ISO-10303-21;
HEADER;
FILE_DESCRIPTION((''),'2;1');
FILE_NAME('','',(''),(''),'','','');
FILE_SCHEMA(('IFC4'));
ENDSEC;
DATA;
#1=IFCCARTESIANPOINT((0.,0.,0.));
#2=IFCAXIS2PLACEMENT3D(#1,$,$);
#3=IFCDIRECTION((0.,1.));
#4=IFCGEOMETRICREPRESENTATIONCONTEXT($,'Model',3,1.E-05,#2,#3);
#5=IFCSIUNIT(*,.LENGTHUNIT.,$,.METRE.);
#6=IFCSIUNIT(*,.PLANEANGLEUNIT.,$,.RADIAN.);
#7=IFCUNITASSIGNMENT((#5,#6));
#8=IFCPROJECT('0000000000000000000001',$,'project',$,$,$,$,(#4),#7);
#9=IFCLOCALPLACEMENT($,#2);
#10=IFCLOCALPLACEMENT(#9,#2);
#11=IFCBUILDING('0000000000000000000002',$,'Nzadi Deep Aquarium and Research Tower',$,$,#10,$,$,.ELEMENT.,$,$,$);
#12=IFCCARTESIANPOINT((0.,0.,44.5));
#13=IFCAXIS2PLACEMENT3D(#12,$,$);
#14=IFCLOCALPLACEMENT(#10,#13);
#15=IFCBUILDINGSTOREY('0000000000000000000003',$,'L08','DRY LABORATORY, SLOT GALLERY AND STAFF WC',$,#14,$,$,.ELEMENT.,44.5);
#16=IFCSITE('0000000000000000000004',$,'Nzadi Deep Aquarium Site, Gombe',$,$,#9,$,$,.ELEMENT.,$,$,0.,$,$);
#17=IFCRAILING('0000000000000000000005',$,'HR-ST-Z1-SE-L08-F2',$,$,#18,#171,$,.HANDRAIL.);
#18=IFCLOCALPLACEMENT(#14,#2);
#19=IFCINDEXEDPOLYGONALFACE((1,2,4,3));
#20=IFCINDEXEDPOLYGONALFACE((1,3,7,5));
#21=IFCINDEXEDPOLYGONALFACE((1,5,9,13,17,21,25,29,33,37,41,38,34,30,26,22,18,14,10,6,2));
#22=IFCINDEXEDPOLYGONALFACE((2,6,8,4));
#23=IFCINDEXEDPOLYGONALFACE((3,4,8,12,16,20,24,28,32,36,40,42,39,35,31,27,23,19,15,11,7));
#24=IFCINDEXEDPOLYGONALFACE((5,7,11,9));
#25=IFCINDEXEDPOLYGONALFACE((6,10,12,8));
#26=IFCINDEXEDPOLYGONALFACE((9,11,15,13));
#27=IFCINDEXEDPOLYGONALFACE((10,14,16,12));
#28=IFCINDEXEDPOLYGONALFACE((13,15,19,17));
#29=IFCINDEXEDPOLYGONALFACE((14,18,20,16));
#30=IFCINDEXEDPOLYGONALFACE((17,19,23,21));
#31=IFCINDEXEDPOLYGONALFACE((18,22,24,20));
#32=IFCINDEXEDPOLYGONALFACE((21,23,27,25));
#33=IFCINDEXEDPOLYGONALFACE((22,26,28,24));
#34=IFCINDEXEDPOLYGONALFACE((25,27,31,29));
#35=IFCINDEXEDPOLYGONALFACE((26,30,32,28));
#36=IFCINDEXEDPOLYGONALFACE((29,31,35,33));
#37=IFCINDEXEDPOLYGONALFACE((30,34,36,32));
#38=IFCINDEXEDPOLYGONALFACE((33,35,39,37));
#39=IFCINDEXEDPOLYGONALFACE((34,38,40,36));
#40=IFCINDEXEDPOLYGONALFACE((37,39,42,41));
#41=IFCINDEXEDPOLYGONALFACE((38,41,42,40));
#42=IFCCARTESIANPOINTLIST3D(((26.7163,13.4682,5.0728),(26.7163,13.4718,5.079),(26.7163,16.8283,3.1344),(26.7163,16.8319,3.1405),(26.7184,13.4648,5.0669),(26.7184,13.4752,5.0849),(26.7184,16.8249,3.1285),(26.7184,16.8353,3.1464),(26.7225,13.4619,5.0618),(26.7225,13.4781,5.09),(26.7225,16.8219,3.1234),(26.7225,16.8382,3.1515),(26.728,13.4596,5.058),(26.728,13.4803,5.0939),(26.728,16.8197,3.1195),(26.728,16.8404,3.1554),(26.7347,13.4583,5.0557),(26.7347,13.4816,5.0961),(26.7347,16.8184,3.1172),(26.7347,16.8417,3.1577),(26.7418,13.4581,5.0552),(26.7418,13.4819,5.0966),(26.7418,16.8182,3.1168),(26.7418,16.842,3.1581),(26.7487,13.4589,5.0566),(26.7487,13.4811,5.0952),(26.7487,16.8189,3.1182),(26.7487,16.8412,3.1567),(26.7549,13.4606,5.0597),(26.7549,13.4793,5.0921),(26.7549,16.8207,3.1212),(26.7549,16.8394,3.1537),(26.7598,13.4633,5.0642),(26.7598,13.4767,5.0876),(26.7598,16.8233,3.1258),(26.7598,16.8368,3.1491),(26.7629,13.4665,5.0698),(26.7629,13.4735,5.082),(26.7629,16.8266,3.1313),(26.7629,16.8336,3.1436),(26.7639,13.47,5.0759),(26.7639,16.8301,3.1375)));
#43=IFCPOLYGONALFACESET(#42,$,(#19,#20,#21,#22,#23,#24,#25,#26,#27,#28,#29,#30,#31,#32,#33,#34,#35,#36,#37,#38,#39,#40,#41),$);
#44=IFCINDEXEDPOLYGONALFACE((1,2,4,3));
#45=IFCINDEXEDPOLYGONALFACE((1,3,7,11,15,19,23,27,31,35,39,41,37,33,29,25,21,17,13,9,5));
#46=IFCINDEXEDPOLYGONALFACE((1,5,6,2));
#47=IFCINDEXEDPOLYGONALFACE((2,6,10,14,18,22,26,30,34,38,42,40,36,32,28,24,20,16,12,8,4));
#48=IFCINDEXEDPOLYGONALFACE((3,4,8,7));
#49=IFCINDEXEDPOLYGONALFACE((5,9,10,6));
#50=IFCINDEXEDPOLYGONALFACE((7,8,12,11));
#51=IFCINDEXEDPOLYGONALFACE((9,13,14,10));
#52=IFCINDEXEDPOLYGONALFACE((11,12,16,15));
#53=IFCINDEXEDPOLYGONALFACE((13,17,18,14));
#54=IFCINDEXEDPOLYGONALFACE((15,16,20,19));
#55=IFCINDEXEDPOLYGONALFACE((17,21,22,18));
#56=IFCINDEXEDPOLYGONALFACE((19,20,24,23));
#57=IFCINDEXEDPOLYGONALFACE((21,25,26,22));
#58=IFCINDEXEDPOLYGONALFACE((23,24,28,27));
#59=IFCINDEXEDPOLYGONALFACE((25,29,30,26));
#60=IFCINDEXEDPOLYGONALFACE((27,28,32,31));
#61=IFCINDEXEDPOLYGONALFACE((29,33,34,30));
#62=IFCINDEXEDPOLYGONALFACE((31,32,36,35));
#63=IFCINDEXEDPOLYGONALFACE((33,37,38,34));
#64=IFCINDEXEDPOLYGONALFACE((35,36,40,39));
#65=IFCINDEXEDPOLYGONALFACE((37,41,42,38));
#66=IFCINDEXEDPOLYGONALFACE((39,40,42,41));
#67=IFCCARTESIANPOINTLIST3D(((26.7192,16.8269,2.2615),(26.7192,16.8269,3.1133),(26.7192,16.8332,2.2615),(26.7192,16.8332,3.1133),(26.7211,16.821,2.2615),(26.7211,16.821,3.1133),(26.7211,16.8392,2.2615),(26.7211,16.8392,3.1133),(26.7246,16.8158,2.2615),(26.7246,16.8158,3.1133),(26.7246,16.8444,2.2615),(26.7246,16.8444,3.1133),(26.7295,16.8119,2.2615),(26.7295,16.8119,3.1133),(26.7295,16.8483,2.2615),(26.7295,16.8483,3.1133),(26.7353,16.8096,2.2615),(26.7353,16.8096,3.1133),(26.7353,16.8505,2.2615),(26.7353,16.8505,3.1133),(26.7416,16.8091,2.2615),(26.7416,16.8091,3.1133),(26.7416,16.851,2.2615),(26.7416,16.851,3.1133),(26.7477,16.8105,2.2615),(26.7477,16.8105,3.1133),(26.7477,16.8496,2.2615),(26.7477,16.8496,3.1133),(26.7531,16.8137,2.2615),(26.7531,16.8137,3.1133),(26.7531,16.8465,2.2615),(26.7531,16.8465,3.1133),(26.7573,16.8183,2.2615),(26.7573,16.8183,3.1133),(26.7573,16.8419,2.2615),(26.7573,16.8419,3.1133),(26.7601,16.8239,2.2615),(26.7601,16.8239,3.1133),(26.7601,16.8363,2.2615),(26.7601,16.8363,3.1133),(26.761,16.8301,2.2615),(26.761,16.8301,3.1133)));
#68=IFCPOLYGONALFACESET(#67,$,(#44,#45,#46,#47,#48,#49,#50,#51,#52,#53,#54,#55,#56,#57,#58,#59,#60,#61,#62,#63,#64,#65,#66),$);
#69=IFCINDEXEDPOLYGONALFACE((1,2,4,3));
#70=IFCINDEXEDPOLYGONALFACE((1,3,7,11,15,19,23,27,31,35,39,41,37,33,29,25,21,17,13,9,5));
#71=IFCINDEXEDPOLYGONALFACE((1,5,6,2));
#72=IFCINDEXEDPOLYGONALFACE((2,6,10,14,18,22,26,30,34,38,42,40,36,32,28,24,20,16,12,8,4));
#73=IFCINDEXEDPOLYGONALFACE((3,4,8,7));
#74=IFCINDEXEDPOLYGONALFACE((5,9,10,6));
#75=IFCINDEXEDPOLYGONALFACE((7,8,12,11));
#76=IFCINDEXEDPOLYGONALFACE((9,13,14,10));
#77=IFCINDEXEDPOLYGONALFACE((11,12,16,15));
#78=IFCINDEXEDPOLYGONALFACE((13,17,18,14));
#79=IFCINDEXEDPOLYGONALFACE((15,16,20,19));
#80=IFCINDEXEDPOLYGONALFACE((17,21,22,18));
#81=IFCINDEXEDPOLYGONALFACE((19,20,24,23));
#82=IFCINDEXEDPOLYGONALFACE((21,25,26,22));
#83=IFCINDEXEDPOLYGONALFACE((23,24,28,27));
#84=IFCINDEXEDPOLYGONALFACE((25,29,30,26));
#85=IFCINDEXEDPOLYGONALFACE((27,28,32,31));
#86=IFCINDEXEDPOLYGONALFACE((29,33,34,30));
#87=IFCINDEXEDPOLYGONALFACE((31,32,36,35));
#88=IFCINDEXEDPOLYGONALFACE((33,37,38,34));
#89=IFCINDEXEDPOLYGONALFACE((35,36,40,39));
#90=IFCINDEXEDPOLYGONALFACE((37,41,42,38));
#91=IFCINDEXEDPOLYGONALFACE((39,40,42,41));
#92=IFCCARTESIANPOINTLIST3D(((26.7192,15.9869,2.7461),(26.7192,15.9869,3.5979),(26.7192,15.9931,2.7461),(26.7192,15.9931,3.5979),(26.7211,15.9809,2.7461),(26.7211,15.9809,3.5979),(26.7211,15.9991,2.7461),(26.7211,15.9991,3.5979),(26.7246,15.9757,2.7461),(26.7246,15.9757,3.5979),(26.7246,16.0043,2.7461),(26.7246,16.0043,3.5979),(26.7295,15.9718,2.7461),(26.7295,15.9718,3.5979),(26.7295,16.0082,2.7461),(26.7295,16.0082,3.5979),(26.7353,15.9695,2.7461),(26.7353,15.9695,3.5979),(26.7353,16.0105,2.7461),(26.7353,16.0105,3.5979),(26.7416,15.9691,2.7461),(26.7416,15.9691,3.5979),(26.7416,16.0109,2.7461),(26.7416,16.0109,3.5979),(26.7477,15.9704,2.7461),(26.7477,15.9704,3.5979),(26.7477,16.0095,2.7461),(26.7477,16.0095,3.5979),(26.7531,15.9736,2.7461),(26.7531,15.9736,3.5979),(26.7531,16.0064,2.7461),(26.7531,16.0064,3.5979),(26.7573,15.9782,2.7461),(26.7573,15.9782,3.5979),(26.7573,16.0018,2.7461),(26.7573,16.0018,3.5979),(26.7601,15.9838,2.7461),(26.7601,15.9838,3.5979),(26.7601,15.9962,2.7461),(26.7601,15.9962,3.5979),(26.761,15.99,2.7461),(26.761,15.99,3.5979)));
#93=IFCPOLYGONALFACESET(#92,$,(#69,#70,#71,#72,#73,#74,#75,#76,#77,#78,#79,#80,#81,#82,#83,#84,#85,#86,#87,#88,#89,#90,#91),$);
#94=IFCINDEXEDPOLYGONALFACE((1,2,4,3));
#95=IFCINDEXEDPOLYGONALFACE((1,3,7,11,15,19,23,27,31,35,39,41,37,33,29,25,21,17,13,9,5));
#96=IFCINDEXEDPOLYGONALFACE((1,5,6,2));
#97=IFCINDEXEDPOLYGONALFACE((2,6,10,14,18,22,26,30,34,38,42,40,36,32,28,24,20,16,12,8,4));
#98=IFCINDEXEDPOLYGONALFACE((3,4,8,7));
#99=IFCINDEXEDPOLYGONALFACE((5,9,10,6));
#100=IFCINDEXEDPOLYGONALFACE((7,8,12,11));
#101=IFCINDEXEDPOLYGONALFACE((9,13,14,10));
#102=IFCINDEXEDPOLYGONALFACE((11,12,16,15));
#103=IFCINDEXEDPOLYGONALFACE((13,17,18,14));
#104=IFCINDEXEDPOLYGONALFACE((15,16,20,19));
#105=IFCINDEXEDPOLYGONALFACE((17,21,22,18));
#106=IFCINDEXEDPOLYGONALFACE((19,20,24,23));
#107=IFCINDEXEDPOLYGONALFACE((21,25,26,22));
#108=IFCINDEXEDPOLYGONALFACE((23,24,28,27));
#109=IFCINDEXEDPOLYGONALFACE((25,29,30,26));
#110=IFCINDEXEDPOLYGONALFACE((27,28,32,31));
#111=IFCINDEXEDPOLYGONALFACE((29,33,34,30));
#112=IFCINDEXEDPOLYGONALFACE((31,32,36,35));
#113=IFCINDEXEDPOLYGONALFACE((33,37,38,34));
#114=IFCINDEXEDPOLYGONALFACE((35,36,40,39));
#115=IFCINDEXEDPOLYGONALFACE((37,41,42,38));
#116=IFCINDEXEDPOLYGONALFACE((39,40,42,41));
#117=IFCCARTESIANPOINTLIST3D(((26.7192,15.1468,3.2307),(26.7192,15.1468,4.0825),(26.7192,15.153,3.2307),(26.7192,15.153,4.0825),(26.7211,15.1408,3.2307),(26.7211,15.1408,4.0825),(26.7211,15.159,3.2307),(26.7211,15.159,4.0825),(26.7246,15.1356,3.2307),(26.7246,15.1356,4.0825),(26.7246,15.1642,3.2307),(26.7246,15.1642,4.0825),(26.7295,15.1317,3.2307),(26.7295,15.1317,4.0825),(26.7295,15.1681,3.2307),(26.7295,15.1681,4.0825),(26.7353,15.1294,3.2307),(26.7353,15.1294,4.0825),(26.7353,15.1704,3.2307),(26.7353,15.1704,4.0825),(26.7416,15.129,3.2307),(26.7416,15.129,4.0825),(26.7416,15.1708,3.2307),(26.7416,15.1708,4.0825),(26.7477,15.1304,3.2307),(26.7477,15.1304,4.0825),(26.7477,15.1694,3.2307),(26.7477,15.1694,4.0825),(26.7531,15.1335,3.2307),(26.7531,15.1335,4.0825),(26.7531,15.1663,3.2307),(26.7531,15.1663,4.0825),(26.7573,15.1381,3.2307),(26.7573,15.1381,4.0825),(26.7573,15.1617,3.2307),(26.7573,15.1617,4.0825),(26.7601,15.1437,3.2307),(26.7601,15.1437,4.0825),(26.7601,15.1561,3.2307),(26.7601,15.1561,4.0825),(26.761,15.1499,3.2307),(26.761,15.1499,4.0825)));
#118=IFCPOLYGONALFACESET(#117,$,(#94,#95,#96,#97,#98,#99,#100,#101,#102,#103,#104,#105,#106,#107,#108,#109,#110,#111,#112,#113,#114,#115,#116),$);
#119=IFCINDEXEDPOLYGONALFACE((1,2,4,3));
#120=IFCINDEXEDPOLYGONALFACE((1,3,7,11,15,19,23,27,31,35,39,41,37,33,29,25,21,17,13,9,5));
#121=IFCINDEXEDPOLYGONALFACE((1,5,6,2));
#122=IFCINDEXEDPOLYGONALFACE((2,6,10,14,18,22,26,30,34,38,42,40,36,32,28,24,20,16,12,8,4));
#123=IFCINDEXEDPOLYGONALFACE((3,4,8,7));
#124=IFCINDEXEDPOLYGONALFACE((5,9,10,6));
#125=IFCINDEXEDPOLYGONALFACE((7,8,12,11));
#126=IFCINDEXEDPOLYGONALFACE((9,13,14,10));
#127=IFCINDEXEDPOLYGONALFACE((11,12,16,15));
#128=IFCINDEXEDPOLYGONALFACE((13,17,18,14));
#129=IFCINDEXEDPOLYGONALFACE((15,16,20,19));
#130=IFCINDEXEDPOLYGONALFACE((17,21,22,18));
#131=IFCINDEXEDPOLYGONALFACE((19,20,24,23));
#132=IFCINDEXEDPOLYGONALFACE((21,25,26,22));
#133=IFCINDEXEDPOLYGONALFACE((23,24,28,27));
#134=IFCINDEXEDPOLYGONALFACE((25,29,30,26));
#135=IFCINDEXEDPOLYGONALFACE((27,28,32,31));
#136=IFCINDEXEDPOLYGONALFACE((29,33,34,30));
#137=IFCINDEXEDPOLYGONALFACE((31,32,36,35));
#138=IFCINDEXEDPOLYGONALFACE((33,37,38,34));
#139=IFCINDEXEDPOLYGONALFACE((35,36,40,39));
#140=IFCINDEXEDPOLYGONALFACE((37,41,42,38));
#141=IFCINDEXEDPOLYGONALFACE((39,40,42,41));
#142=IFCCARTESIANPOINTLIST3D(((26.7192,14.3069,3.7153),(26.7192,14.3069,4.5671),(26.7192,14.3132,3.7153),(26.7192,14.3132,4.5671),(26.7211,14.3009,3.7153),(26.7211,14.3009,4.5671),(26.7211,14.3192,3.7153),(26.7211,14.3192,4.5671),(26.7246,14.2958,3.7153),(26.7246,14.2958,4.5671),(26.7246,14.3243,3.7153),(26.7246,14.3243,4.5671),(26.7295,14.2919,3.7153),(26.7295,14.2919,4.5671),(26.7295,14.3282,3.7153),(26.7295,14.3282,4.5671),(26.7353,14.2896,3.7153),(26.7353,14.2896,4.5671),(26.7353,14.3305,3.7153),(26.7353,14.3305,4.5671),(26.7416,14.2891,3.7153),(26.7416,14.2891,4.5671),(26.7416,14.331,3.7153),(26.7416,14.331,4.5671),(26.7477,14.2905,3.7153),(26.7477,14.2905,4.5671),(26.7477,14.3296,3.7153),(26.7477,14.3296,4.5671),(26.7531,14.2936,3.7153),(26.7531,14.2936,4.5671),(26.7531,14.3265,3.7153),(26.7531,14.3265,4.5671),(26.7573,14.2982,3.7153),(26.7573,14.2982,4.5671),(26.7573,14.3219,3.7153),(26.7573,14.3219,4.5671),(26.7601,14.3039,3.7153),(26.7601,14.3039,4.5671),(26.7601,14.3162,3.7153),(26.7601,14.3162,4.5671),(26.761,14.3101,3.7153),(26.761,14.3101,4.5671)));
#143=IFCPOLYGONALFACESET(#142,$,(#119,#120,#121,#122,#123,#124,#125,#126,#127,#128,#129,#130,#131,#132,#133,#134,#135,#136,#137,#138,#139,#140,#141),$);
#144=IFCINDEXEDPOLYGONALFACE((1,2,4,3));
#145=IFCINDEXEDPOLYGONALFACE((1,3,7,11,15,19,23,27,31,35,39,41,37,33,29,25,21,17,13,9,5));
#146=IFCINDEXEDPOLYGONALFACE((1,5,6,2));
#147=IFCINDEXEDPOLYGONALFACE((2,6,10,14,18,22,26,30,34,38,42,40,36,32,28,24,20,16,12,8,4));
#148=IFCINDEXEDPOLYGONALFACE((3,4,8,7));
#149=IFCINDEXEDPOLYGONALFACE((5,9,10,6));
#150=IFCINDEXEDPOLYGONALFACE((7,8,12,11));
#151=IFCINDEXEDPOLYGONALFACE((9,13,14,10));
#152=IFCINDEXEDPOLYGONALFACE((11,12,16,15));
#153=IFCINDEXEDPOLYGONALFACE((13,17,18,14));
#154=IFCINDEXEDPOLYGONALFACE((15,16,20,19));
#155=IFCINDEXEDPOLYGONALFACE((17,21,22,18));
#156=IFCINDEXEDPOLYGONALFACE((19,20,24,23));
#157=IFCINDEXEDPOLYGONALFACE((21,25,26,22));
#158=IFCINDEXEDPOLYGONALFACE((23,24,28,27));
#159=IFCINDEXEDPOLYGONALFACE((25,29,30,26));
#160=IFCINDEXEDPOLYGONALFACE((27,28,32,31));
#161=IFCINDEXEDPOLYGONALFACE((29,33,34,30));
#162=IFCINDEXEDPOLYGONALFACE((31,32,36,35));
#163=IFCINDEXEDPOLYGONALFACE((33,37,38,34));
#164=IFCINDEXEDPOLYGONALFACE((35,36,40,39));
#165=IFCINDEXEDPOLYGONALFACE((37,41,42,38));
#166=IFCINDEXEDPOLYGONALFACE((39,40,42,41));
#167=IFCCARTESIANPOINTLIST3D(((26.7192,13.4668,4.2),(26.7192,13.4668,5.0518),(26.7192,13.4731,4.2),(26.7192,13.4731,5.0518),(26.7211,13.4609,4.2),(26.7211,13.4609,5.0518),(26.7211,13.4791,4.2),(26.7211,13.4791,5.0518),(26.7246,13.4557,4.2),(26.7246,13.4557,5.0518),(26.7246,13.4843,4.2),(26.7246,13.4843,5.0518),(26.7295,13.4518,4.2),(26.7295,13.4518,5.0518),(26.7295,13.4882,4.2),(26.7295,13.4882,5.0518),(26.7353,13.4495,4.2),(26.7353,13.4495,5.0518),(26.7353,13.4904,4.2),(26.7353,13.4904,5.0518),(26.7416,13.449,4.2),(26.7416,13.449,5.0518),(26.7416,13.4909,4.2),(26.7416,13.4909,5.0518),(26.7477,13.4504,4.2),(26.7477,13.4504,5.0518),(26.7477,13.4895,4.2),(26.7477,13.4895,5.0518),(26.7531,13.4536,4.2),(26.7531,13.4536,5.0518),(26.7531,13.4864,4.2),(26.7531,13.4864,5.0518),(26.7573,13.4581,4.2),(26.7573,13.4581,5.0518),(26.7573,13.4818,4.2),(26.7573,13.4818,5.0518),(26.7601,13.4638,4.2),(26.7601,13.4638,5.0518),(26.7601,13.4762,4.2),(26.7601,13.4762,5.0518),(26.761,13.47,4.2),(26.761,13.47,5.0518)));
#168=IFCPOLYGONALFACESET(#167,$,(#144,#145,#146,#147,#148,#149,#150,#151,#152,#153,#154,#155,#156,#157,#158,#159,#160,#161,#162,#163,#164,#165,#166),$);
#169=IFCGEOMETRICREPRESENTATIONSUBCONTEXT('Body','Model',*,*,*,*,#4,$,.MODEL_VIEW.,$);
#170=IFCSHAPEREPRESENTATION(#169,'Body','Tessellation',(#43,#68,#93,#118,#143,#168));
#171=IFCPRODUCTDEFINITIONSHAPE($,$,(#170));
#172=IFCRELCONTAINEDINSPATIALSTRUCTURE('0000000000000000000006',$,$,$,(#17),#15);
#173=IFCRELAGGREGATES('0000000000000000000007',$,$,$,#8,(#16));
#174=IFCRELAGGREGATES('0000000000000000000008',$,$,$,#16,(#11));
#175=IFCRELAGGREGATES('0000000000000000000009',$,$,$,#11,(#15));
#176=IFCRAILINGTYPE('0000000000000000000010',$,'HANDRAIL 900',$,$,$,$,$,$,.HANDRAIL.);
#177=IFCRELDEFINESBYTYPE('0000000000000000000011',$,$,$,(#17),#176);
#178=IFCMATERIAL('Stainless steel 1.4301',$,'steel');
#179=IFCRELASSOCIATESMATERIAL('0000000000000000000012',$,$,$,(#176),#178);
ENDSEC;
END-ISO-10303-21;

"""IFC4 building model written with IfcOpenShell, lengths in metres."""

from ifc_helpers import new_model, si_unit, direction, frame, origin, origin_2d, place, context, subcontext, project, spatial, circle, extrude, material, type_object, element, save


model = new_model("IFC4")

# Units and contexts
model_context = context("Model", 3, precision=1e-05, world=origin(), true_north=direction((0.0, 1.0)))
body_context = subcontext(model_context, "Body", "Model", "MODEL_VIEW")
ifc_project = project(units=[si_unit("LENGTHUNIT", "METRE"), si_unit("PLANEANGLEUNIT", "RADIAN")], contexts=[model_context])

# Site, building, storey
site_placement = place(None, origin())
site = spatial("IfcSite", under=ifc_project, at=site_placement, Name="Nzadi Deep Aquarium Site, Gombe", CompositionType="ELEMENT", RefElevation=0.0)
building_placement = place(site_placement, origin())
building = spatial("IfcBuilding", under=site, at=building_placement, Name="Nzadi Deep Aquarium and Research Tower", CompositionType="ELEMENT")
storey_placement = place(building_placement, frame((0.0, 0.0, 44.5)))
storey = spatial("IfcBuildingStorey", under=building, at=storey_placement, Name="L08", Description="DRY LABORATORY, SLOT GALLERY AND STAFF WC", CompositionType="ELEMENT", Elevation=44.5)

# Railing
ifc_material_1 = material(Name="Stainless steel 1.4301", Category="steel")
railing_type = type_object("IfcRailingType", Name="HANDRAIL 900", PredefinedType="HANDRAIL", material=ifc_material_1)
for number, where, name in (
    (1, (26.74, 16.8301, 2.2615), "HR-ST-Z1-SE-L08-F2"),
):
    element("IfcRailing", number, at=place(storey_placement, frame(where)), inside=storey, type_object=railing_type, Name=name, PredefinedType="HANDRAIL", context=body_context, shape_type="SweptSolid", body=[
        extrude(circle(Radius=0.0239, at=origin_2d()), frame((0.0, 0.0, 0.876), z_axis=(0.0, -0.866191, 0.499713), x_axis=(1.0, 0.0, 0.0)), (0.0, 0.0, 1.0), 3.8792),
        extrude(circle(Radius=0.021, at=origin_2d()), origin(), (0.0, 0.0, 1.0), 0.8518),
        extrude(circle(Radius=0.021, at=origin_2d()), frame((0.0, -0.8401, 0.4846)), (0.0, 0.0, 1.0), 0.8518),
        extrude(circle(Radius=0.021, at=origin_2d()), frame((0.0, -1.6802, 0.9692)), (0.0, 0.0, 1.0), 0.8518),
        extrude(circle(Radius=0.021, at=origin_2d()), frame((0.0, -2.52, 1.4539)), (0.0, 0.0, 1.0), 0.8518),
        extrude(circle(Radius=0.021, at=origin_2d()), frame((0.0, -3.3601, 1.9385)), (0.0, 0.0, 1.0), 0.8518),
    ])

save(model, "model.ifc")
